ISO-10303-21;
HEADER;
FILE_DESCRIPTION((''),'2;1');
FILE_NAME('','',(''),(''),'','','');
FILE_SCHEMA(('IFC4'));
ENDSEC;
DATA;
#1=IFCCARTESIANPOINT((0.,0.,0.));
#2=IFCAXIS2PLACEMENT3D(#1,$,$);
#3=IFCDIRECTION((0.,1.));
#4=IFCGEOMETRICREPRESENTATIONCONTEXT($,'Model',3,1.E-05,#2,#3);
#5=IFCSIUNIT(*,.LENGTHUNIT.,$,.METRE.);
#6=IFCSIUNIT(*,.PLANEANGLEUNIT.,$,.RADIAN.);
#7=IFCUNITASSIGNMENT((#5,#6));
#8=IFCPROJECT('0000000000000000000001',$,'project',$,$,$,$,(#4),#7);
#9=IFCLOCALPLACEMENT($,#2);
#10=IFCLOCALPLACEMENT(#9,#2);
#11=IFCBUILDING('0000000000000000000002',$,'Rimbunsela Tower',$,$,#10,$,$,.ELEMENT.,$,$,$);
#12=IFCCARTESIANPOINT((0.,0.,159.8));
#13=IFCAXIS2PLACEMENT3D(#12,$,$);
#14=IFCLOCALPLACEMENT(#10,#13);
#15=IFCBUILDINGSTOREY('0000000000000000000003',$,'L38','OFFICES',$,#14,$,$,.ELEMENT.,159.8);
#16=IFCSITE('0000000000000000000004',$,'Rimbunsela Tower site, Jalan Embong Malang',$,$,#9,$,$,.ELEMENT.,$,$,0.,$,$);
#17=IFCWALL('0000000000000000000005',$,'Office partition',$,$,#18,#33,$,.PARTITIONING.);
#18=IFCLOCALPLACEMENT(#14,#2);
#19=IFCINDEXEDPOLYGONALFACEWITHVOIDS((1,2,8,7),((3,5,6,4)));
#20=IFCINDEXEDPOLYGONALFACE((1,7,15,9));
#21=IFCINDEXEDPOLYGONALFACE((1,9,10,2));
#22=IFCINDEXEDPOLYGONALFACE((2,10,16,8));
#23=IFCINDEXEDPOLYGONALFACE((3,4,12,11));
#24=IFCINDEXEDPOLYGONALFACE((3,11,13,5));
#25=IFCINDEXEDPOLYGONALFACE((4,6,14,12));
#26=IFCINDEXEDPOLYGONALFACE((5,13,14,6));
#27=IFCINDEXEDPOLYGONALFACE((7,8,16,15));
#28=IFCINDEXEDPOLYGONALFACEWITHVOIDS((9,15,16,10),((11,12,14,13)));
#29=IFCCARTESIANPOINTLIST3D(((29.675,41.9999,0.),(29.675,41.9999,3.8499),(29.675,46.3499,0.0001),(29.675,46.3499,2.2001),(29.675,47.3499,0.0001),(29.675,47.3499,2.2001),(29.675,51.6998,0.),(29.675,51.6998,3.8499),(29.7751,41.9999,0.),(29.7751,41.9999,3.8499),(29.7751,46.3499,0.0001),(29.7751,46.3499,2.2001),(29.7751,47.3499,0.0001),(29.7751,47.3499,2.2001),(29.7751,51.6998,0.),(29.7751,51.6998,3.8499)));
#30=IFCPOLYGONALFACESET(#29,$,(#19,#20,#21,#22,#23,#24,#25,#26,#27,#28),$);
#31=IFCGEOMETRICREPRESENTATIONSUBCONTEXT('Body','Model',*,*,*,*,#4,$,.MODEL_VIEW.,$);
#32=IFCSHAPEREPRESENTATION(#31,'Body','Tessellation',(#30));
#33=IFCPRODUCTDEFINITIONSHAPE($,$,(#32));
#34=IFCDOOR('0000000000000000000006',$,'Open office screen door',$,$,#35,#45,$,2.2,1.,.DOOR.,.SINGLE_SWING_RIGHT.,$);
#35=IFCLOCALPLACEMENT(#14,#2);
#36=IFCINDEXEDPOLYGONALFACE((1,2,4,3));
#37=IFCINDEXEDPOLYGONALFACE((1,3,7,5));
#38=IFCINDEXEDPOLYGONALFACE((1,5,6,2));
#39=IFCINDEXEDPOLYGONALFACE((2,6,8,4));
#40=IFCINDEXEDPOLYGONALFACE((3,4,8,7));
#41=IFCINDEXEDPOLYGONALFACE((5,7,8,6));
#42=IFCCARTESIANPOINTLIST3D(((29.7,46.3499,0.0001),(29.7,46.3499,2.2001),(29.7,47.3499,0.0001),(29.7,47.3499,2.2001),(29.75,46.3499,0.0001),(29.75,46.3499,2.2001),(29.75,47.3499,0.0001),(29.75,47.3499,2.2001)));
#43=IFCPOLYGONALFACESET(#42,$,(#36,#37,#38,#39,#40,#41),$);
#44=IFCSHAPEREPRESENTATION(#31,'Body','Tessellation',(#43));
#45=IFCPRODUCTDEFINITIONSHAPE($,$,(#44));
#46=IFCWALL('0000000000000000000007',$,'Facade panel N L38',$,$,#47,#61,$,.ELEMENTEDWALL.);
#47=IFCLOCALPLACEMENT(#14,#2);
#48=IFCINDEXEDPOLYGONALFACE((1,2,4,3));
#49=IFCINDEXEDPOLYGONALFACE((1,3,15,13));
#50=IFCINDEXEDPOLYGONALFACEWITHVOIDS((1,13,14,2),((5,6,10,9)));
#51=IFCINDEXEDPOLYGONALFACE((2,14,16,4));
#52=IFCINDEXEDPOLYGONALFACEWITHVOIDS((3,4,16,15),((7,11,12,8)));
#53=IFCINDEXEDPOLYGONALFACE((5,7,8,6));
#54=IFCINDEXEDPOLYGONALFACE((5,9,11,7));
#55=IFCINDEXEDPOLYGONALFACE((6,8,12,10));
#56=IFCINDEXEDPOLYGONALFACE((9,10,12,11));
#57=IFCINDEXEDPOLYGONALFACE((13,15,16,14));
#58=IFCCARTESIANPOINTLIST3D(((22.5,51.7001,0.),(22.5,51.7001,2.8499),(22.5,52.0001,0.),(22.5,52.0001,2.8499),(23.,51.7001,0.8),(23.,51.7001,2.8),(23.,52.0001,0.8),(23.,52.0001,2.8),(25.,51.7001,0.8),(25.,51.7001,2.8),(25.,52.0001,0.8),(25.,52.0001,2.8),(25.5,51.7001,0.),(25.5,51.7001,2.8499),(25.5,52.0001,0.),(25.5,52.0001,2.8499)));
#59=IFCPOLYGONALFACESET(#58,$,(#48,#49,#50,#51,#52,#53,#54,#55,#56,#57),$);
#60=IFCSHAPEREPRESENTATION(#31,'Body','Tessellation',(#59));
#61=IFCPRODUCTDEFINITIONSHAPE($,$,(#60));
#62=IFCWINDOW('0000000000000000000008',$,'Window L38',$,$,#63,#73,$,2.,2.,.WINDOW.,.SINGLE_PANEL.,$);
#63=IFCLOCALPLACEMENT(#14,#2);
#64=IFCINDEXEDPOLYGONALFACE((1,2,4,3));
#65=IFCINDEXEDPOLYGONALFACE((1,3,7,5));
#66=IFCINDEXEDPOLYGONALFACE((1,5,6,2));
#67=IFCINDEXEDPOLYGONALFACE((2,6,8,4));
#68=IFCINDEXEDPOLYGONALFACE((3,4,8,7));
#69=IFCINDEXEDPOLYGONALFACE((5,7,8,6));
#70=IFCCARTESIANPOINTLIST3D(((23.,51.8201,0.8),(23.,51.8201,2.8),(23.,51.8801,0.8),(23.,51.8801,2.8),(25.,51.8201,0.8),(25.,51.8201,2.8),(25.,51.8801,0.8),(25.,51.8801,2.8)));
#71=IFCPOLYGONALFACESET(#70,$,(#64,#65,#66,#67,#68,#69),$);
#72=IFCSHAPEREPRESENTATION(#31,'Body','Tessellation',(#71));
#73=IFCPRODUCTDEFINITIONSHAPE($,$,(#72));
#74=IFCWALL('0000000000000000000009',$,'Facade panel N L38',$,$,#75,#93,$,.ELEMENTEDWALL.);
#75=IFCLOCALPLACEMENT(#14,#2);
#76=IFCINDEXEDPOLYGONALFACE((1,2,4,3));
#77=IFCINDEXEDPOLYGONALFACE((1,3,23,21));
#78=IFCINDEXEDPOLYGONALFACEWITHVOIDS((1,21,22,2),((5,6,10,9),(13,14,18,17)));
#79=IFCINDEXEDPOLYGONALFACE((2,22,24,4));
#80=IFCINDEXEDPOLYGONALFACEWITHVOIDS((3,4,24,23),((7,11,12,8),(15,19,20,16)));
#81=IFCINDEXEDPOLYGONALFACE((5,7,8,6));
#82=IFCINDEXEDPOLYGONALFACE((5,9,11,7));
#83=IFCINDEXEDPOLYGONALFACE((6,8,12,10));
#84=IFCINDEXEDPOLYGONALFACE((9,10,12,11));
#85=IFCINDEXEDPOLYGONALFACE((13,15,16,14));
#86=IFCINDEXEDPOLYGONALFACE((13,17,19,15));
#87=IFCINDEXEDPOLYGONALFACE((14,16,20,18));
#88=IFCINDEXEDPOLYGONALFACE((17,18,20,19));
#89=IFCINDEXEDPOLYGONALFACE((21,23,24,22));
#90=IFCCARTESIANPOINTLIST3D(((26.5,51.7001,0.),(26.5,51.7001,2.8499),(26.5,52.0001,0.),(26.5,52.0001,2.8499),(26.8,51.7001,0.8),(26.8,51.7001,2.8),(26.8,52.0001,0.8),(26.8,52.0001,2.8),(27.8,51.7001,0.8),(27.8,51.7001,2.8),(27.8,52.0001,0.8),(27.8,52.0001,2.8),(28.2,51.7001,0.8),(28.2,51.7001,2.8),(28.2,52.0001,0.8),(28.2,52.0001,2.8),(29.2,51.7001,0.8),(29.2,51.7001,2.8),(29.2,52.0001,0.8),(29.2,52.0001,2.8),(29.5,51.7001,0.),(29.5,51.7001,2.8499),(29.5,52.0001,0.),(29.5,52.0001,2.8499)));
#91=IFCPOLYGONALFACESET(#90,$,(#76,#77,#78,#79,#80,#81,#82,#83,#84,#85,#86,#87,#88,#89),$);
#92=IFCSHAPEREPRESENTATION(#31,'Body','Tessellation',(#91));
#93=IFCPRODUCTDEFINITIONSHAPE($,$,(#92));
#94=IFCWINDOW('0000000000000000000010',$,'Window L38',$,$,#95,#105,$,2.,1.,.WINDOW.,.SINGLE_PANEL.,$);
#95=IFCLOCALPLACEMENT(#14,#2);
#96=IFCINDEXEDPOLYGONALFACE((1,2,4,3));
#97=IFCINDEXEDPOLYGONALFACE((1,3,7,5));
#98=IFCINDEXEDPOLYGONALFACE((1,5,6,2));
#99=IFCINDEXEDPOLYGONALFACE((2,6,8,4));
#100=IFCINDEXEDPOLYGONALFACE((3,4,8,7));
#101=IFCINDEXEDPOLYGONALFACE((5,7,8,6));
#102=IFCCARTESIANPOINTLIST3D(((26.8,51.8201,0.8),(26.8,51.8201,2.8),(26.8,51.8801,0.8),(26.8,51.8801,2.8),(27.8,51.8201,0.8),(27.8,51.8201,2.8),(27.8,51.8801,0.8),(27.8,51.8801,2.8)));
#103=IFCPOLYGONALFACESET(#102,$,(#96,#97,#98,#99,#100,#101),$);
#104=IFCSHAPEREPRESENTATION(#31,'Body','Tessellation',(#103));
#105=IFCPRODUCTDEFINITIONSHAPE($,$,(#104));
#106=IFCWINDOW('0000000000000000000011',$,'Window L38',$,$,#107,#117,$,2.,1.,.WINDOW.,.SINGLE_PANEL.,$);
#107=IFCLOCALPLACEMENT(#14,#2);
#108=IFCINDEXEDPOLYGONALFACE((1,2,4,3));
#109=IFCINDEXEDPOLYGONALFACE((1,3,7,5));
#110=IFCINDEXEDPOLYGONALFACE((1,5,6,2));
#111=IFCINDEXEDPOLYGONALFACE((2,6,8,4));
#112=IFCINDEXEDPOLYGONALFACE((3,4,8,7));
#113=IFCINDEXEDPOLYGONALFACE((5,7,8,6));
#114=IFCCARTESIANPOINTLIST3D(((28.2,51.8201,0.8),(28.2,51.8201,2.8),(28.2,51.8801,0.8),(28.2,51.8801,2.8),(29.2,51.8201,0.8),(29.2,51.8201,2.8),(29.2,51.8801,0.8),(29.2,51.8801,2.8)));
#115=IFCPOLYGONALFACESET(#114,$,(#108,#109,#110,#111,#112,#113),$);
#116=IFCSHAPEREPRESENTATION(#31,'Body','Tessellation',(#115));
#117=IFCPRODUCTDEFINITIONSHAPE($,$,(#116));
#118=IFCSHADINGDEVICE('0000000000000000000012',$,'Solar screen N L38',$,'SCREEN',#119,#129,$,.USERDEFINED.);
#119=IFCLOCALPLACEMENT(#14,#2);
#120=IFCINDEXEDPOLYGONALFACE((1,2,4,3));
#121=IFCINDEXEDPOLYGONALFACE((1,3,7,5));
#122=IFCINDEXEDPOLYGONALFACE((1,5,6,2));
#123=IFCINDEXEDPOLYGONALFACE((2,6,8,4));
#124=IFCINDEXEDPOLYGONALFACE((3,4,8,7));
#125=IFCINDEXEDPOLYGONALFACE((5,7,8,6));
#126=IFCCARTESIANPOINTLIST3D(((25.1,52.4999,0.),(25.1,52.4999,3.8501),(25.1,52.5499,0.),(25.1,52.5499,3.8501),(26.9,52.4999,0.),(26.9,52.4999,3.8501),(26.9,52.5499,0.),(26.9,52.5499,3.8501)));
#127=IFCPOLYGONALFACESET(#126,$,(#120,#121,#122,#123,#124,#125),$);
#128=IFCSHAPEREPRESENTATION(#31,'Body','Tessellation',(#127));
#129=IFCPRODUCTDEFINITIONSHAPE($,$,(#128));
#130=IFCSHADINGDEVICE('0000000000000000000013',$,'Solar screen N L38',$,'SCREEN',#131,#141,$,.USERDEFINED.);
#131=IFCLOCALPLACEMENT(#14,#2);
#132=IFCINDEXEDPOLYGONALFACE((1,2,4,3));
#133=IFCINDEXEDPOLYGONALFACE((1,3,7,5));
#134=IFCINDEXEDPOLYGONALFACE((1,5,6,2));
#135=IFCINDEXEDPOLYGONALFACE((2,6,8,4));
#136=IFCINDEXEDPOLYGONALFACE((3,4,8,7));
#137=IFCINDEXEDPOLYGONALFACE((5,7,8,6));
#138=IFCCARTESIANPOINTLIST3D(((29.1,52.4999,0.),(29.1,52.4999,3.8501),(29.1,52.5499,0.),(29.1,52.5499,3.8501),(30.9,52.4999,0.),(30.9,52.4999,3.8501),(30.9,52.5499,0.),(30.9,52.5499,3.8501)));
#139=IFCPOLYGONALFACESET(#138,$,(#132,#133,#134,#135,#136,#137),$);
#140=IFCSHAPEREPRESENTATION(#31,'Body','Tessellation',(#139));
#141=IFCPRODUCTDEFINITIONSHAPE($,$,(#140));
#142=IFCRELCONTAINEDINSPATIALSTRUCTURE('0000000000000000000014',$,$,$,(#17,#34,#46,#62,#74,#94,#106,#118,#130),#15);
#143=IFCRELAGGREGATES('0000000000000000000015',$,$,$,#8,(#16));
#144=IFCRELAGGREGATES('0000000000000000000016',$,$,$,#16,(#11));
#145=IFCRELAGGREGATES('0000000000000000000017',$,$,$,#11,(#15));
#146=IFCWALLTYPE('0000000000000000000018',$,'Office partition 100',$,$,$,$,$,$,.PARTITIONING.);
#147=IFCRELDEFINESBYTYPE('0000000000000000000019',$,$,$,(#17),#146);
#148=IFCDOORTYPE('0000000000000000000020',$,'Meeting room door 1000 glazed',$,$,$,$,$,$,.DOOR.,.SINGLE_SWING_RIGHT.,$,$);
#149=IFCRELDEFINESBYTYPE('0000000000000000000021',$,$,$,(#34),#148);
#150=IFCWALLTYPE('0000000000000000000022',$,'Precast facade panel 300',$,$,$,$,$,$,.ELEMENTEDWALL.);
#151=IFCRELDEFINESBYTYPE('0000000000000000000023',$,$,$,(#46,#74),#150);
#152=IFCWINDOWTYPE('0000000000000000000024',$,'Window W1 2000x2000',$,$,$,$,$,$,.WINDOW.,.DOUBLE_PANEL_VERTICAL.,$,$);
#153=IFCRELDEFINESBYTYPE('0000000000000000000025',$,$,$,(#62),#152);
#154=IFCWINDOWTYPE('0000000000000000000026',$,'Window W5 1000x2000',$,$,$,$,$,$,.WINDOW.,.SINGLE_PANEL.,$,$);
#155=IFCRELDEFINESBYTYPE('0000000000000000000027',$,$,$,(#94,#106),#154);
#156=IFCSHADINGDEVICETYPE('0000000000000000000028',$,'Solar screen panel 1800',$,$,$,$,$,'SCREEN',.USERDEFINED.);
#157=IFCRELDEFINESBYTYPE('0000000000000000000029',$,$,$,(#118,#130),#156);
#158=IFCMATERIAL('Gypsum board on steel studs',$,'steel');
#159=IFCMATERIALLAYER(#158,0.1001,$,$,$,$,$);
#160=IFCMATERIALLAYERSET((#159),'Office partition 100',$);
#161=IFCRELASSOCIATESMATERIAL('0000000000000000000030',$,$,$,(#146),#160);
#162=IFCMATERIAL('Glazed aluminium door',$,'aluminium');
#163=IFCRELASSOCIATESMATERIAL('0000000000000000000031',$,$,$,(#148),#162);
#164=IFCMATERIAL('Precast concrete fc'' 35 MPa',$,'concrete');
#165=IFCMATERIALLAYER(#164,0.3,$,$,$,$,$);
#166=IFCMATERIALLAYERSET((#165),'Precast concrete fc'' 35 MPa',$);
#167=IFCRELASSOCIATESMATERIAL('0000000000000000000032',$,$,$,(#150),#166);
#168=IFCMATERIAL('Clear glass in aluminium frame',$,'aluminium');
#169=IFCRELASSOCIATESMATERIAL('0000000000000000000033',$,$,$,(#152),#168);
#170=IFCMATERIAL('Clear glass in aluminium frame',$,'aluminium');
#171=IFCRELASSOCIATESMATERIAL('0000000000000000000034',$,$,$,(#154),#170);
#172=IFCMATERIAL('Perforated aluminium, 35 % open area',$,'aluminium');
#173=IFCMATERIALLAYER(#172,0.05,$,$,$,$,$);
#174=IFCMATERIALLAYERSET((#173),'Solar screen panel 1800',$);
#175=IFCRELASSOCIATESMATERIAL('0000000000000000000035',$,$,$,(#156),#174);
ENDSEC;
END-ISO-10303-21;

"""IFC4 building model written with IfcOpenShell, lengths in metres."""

from ifc_helpers import new_model, si_unit, direction, frame, frame_2d, origin, origin_2d, place, context, subcontext, project, spatial, rectangle, extrude, material, layer, layer_set, type_object, element, fill, save


model = new_model("IFC4")

# Units and contexts
model_context = context("Model", 3, precision=1e-05, world=origin(), true_north=direction((0.0, 1.0)))
body_context = subcontext(model_context, "Body", "Model", "MODEL_VIEW")
ifc_project = project(units=[si_unit("LENGTHUNIT", "METRE"), si_unit("PLANEANGLEUNIT", "RADIAN")], contexts=[model_context])

# Site, building, storey
site_placement = place(None, origin())
site = spatial("IfcSite", under=ifc_project, at=site_placement, Name="Rimbunsela Tower site, Jalan Embong Malang", CompositionType="ELEMENT", RefElevation=0.0)
building_placement = place(site_placement, origin())
building = spatial("IfcBuilding", under=site, at=building_placement, Name="Rimbunsela Tower", CompositionType="ELEMENT")
storey_placement = place(building_placement, frame((0.0, 0.0, 159.8)))
storey = spatial("IfcBuildingStorey", under=building, at=storey_placement, Name="L38", Description="OFFICES", CompositionType="ELEMENT", Elevation=159.8)

# Shared definitions
ifc_material_1 = material(Name="Gypsum board on steel studs", Category="steel")
ifc_layer_1 = layer(ifc_material_1, 0.1001)
ifc_layer_set_1 = layer_set([ifc_layer_1], Name="Office partition 100")
wall_type_1 = type_object("IfcWallType", Name="Office partition 100", PredefinedType="PARTITIONING", material=ifc_layer_set_1)

# Wall, opening, door
wall_1_placement = place(storey_placement, frame((29.7251, 51.7, 0.0), z_axis=(0.0, 0.0, 1.0), x_axis=(0.0, -1.0, 0.0)))
wall_1 = element("IfcWall", 1, at=wall_1_placement, inside=storey, type_object=wall_type_1, Name="Office partition", PredefinedType="PARTITIONING", context=body_context, shape_type="SweptSolid", body=[
    extrude(rectangle(XDim=9.7, YDim=0.1001, at=frame_2d((4.8501, 0.0))), origin(), (0.0, 0.0, 1.0), 3.8499),
])
opening_1_placement = place(wall_1_placement, frame((4.3501, 0.0, 0.0)))
opening_1 = element("IfcOpeningElement", 2, at=opening_1_placement, cuts=wall_1, PredefinedType="OPENING", context=body_context, shape_type="SweptSolid", body=[
    extrude(rectangle(XDim=1.0, YDim=2.2, at=frame_2d((0.5, 1.1001))), frame((0.0, 0.0601, 0.0), z_axis=(0.0, -1.0, 0.0), x_axis=(1.0, 0.0, 0.0)), (0.0, 0.0, 1.0), 0.1201),
])
ifc_material_2 = material(Name="Glazed aluminium door", Category="aluminium")
door_type_1 = type_object("IfcDoorType", Name="Meeting room door 1000 glazed", OperationType="SINGLE_SWING_RIGHT", PredefinedType="DOOR", material=ifc_material_2)
door_1_placement = place(opening_1_placement, origin())
door_1 = element("IfcDoor", 3, at=door_1_placement, inside=storey, type_object=door_type_1, Name="Open office screen door", OperationType="SINGLE_SWING_RIGHT", OverallHeight=2.2, OverallWidth=1.0, PredefinedType="DOOR", context=body_context, shape_type="SweptSolid", body=[
    extrude(rectangle(XDim=1.0, YDim=2.2, at=frame_2d((0.5, 1.1001))), frame((0.0, 0.0249, 0.0), z_axis=(0.0, -1.0, 0.0), x_axis=(1.0, 0.0, 0.0)), (0.0, 0.0, 1.0), 0.05),
])
fill(opening_1, door_1)

# Wall, opening, window
ifc_material_3 = material(Name="Precast concrete fc' 35 MPa", Category="concrete")
ifc_layer_2 = layer(ifc_material_3, 0.3)
ifc_layer_set_2 = layer_set([ifc_layer_2], Name="Precast concrete fc' 35 MPa")
wall_type_2 = type_object("IfcWallType", Name="Precast facade panel 300", PredefinedType="ELEMENTEDWALL", material=ifc_layer_set_2)
wall_2_placement = place(storey_placement, frame((25.5, 51.8501, 0.0), z_axis=(0.0, 0.0, 1.0), x_axis=(-1.0, 0.0, 0.0)))
wall_2 = element("IfcWall", 4, at=wall_2_placement, inside=storey, type_object=wall_type_2, Name="Facade panel N L38", PredefinedType="ELEMENTEDWALL", context=body_context, shape_type="SweptSolid", body=[
    extrude(rectangle(XDim=3.0, YDim=0.3, at=frame_2d((1.5, 0.0))), origin(), (0.0, 0.0, 1.0), 2.8499),
])
opening_2_placement = place(wall_2_placement, frame((0.5, 0.0, 0.8)))
opening_2 = element("IfcOpeningElement", 5, at=opening_2_placement, cuts=wall_2, PredefinedType="OPENING", context=body_context, shape_type="SweptSolid", body=[
    extrude(rectangle(XDim=2.0, YDim=2.0, at=frame_2d((1.0, 1.0))), frame((0.0, 0.1599, 0.0), z_axis=(0.0, -1.0, 0.0), x_axis=(1.0, 0.0, 0.0)), (0.0, 0.0, 1.0), 0.3201),
])
ifc_material_4 = material(Name="Clear glass in aluminium frame", Category="aluminium")
window_type_1 = type_object("IfcWindowType", Name="Window W1 2000x2000", PartitioningType="DOUBLE_PANEL_VERTICAL", PredefinedType="WINDOW", material=ifc_material_4)
window_1_placement = place(opening_2_placement, origin())
window_1 = element("IfcWindow", 6, at=window_1_placement, inside=storey, type_object=window_type_1, Name="Window L38", OverallHeight=2.0, OverallWidth=2.0, PartitioningType="SINGLE_PANEL", PredefinedType="WINDOW", context=body_context, shape_type="SweptSolid", body=[
    extrude(rectangle(XDim=2.0, YDim=2.0, at=frame_2d((1.0, 1.0))), frame((0.0, 0.03, 0.0), z_axis=(0.0, -1.0, 0.0), x_axis=(1.0, 0.0, 0.0)), (0.0, 0.0, 1.0), 0.0601),
])
fill(opening_2, window_1)

# Wall, openings, windows
wall_3_placement = place(storey_placement, frame((29.5, 51.8501, 0.0), z_axis=(0.0, 0.0, 1.0), x_axis=(-1.0, 0.0, 0.0)))
wall_3 = element("IfcWall", 7, at=wall_3_placement, inside=storey, type_object=wall_type_2, Name="Facade panel N L38", PredefinedType="ELEMENTEDWALL", context=body_context, shape_type="SweptSolid", body=[
    extrude(rectangle(XDim=3.0, YDim=0.3, at=frame_2d((1.5, 0.0))), origin(), (0.0, 0.0, 1.0), 2.8499),
])
opening_3_placement = place(wall_3_placement, frame((1.7, 0.0, 0.8)))
opening_3 = element("IfcOpeningElement", 8, at=opening_3_placement, cuts=wall_3, PredefinedType="OPENING", context=body_context, shape_type="SweptSolid", body=[
    extrude(rectangle(XDim=1.0, YDim=2.0, at=frame_2d((0.5, 1.0))), frame((0.0, 0.1599, 0.0), z_axis=(0.0, -1.0, 0.0), x_axis=(1.0, 0.0, 0.0)), (0.0, 0.0, 1.0), 0.3201),
])
opening_4_placement = place(wall_3_placement, frame((0.3, 0.0, 0.8)))
opening_4 = element("IfcOpeningElement", 9, at=opening_4_placement, cuts=wall_3, PredefinedType="OPENING", context=body_context, shape_type="SweptSolid", body=[
    extrude(rectangle(XDim=1.0, YDim=2.0, at=frame_2d((0.5, 1.0))), frame((0.0, 0.1599, 0.0), z_axis=(0.0, -1.0, 0.0), x_axis=(1.0, 0.0, 0.0)), (0.0, 0.0, 1.0), 0.3201),
])
ifc_material_5 = material(Name="Clear glass in aluminium frame", Category="aluminium")
window_type_2 = type_object("IfcWindowType", Name="Window W5 1000x2000", PartitioningType="SINGLE_PANEL", PredefinedType="WINDOW", material=ifc_material_5)
window_2_placement = place(opening_3_placement, origin())
window_2 = element("IfcWindow", 10, at=window_2_placement, inside=storey, type_object=window_type_2, Name="Window L38", OverallHeight=2.0, OverallWidth=1.0, PartitioningType="SINGLE_PANEL", PredefinedType="WINDOW", context=body_context, shape_type="SweptSolid", body=[
    extrude(rectangle(XDim=1.0, YDim=2.0, at=frame_2d((0.5, 1.0))), frame((0.0, 0.03, 0.0), z_axis=(0.0, -1.0, 0.0), x_axis=(1.0, 0.0, 0.0)), (0.0, 0.0, 1.0), 0.0601),
])
fill(opening_3, window_2)
window_3_placement = place(opening_4_placement, origin())
window_3 = element("IfcWindow", 11, at=window_3_placement, inside=storey, type_object=window_type_2, Name="Window L38", OverallHeight=2.0, OverallWidth=1.0, PartitioningType="SINGLE_PANEL", PredefinedType="WINDOW", context=body_context, shape_type="SweptSolid", body=[
    extrude(rectangle(XDim=1.0, YDim=2.0, at=frame_2d((0.5, 1.0))), frame((0.0, 0.03, 0.0), z_axis=(0.0, -1.0, 0.0), x_axis=(1.0, 0.0, 0.0)), (0.0, 0.0, 1.0), 0.0601),
])
fill(opening_4, window_3)

# Shading devices
ifc_material_6 = material(Name="Perforated aluminium, 35 % open area", Category="aluminium")
ifc_layer_3 = layer(ifc_material_6, 0.05)
ifc_layer_set_3 = layer_set([ifc_layer_3], Name="Solar screen panel 1800")
shading_device_type = type_object("IfcShadingDeviceType", Name="Solar screen panel 1800", ElementType="SCREEN", PredefinedType="USERDEFINED", material=ifc_layer_set_3)
for number, where, z_axis, x_axis, name in (
    (12, (26.0, 52.5249, 0.0), (0.0, 0.0, 1.0), (1.0, 0.0, 0.0), "Solar screen N L38"),
    (13, (30.0, 52.5249, 0.0), (0.0, 0.0, 1.0), (1.0, 0.0, 0.0), "Solar screen N L38"),
):
    element("IfcShadingDevice", number, at=place(storey_placement, frame(where, z_axis=z_axis, x_axis=x_axis)), inside=storey, type_object=shading_device_type, Name=name, ObjectType="SCREEN", PredefinedType="USERDEFINED", context=body_context, shape_type="SweptSolid", body=[
        extrude(rectangle(XDim=1.8, YDim=0.05, at=origin_2d()), origin(), (0.0, 0.0, 1.0), 3.8501),
    ])

save(model, "model.ifc")
